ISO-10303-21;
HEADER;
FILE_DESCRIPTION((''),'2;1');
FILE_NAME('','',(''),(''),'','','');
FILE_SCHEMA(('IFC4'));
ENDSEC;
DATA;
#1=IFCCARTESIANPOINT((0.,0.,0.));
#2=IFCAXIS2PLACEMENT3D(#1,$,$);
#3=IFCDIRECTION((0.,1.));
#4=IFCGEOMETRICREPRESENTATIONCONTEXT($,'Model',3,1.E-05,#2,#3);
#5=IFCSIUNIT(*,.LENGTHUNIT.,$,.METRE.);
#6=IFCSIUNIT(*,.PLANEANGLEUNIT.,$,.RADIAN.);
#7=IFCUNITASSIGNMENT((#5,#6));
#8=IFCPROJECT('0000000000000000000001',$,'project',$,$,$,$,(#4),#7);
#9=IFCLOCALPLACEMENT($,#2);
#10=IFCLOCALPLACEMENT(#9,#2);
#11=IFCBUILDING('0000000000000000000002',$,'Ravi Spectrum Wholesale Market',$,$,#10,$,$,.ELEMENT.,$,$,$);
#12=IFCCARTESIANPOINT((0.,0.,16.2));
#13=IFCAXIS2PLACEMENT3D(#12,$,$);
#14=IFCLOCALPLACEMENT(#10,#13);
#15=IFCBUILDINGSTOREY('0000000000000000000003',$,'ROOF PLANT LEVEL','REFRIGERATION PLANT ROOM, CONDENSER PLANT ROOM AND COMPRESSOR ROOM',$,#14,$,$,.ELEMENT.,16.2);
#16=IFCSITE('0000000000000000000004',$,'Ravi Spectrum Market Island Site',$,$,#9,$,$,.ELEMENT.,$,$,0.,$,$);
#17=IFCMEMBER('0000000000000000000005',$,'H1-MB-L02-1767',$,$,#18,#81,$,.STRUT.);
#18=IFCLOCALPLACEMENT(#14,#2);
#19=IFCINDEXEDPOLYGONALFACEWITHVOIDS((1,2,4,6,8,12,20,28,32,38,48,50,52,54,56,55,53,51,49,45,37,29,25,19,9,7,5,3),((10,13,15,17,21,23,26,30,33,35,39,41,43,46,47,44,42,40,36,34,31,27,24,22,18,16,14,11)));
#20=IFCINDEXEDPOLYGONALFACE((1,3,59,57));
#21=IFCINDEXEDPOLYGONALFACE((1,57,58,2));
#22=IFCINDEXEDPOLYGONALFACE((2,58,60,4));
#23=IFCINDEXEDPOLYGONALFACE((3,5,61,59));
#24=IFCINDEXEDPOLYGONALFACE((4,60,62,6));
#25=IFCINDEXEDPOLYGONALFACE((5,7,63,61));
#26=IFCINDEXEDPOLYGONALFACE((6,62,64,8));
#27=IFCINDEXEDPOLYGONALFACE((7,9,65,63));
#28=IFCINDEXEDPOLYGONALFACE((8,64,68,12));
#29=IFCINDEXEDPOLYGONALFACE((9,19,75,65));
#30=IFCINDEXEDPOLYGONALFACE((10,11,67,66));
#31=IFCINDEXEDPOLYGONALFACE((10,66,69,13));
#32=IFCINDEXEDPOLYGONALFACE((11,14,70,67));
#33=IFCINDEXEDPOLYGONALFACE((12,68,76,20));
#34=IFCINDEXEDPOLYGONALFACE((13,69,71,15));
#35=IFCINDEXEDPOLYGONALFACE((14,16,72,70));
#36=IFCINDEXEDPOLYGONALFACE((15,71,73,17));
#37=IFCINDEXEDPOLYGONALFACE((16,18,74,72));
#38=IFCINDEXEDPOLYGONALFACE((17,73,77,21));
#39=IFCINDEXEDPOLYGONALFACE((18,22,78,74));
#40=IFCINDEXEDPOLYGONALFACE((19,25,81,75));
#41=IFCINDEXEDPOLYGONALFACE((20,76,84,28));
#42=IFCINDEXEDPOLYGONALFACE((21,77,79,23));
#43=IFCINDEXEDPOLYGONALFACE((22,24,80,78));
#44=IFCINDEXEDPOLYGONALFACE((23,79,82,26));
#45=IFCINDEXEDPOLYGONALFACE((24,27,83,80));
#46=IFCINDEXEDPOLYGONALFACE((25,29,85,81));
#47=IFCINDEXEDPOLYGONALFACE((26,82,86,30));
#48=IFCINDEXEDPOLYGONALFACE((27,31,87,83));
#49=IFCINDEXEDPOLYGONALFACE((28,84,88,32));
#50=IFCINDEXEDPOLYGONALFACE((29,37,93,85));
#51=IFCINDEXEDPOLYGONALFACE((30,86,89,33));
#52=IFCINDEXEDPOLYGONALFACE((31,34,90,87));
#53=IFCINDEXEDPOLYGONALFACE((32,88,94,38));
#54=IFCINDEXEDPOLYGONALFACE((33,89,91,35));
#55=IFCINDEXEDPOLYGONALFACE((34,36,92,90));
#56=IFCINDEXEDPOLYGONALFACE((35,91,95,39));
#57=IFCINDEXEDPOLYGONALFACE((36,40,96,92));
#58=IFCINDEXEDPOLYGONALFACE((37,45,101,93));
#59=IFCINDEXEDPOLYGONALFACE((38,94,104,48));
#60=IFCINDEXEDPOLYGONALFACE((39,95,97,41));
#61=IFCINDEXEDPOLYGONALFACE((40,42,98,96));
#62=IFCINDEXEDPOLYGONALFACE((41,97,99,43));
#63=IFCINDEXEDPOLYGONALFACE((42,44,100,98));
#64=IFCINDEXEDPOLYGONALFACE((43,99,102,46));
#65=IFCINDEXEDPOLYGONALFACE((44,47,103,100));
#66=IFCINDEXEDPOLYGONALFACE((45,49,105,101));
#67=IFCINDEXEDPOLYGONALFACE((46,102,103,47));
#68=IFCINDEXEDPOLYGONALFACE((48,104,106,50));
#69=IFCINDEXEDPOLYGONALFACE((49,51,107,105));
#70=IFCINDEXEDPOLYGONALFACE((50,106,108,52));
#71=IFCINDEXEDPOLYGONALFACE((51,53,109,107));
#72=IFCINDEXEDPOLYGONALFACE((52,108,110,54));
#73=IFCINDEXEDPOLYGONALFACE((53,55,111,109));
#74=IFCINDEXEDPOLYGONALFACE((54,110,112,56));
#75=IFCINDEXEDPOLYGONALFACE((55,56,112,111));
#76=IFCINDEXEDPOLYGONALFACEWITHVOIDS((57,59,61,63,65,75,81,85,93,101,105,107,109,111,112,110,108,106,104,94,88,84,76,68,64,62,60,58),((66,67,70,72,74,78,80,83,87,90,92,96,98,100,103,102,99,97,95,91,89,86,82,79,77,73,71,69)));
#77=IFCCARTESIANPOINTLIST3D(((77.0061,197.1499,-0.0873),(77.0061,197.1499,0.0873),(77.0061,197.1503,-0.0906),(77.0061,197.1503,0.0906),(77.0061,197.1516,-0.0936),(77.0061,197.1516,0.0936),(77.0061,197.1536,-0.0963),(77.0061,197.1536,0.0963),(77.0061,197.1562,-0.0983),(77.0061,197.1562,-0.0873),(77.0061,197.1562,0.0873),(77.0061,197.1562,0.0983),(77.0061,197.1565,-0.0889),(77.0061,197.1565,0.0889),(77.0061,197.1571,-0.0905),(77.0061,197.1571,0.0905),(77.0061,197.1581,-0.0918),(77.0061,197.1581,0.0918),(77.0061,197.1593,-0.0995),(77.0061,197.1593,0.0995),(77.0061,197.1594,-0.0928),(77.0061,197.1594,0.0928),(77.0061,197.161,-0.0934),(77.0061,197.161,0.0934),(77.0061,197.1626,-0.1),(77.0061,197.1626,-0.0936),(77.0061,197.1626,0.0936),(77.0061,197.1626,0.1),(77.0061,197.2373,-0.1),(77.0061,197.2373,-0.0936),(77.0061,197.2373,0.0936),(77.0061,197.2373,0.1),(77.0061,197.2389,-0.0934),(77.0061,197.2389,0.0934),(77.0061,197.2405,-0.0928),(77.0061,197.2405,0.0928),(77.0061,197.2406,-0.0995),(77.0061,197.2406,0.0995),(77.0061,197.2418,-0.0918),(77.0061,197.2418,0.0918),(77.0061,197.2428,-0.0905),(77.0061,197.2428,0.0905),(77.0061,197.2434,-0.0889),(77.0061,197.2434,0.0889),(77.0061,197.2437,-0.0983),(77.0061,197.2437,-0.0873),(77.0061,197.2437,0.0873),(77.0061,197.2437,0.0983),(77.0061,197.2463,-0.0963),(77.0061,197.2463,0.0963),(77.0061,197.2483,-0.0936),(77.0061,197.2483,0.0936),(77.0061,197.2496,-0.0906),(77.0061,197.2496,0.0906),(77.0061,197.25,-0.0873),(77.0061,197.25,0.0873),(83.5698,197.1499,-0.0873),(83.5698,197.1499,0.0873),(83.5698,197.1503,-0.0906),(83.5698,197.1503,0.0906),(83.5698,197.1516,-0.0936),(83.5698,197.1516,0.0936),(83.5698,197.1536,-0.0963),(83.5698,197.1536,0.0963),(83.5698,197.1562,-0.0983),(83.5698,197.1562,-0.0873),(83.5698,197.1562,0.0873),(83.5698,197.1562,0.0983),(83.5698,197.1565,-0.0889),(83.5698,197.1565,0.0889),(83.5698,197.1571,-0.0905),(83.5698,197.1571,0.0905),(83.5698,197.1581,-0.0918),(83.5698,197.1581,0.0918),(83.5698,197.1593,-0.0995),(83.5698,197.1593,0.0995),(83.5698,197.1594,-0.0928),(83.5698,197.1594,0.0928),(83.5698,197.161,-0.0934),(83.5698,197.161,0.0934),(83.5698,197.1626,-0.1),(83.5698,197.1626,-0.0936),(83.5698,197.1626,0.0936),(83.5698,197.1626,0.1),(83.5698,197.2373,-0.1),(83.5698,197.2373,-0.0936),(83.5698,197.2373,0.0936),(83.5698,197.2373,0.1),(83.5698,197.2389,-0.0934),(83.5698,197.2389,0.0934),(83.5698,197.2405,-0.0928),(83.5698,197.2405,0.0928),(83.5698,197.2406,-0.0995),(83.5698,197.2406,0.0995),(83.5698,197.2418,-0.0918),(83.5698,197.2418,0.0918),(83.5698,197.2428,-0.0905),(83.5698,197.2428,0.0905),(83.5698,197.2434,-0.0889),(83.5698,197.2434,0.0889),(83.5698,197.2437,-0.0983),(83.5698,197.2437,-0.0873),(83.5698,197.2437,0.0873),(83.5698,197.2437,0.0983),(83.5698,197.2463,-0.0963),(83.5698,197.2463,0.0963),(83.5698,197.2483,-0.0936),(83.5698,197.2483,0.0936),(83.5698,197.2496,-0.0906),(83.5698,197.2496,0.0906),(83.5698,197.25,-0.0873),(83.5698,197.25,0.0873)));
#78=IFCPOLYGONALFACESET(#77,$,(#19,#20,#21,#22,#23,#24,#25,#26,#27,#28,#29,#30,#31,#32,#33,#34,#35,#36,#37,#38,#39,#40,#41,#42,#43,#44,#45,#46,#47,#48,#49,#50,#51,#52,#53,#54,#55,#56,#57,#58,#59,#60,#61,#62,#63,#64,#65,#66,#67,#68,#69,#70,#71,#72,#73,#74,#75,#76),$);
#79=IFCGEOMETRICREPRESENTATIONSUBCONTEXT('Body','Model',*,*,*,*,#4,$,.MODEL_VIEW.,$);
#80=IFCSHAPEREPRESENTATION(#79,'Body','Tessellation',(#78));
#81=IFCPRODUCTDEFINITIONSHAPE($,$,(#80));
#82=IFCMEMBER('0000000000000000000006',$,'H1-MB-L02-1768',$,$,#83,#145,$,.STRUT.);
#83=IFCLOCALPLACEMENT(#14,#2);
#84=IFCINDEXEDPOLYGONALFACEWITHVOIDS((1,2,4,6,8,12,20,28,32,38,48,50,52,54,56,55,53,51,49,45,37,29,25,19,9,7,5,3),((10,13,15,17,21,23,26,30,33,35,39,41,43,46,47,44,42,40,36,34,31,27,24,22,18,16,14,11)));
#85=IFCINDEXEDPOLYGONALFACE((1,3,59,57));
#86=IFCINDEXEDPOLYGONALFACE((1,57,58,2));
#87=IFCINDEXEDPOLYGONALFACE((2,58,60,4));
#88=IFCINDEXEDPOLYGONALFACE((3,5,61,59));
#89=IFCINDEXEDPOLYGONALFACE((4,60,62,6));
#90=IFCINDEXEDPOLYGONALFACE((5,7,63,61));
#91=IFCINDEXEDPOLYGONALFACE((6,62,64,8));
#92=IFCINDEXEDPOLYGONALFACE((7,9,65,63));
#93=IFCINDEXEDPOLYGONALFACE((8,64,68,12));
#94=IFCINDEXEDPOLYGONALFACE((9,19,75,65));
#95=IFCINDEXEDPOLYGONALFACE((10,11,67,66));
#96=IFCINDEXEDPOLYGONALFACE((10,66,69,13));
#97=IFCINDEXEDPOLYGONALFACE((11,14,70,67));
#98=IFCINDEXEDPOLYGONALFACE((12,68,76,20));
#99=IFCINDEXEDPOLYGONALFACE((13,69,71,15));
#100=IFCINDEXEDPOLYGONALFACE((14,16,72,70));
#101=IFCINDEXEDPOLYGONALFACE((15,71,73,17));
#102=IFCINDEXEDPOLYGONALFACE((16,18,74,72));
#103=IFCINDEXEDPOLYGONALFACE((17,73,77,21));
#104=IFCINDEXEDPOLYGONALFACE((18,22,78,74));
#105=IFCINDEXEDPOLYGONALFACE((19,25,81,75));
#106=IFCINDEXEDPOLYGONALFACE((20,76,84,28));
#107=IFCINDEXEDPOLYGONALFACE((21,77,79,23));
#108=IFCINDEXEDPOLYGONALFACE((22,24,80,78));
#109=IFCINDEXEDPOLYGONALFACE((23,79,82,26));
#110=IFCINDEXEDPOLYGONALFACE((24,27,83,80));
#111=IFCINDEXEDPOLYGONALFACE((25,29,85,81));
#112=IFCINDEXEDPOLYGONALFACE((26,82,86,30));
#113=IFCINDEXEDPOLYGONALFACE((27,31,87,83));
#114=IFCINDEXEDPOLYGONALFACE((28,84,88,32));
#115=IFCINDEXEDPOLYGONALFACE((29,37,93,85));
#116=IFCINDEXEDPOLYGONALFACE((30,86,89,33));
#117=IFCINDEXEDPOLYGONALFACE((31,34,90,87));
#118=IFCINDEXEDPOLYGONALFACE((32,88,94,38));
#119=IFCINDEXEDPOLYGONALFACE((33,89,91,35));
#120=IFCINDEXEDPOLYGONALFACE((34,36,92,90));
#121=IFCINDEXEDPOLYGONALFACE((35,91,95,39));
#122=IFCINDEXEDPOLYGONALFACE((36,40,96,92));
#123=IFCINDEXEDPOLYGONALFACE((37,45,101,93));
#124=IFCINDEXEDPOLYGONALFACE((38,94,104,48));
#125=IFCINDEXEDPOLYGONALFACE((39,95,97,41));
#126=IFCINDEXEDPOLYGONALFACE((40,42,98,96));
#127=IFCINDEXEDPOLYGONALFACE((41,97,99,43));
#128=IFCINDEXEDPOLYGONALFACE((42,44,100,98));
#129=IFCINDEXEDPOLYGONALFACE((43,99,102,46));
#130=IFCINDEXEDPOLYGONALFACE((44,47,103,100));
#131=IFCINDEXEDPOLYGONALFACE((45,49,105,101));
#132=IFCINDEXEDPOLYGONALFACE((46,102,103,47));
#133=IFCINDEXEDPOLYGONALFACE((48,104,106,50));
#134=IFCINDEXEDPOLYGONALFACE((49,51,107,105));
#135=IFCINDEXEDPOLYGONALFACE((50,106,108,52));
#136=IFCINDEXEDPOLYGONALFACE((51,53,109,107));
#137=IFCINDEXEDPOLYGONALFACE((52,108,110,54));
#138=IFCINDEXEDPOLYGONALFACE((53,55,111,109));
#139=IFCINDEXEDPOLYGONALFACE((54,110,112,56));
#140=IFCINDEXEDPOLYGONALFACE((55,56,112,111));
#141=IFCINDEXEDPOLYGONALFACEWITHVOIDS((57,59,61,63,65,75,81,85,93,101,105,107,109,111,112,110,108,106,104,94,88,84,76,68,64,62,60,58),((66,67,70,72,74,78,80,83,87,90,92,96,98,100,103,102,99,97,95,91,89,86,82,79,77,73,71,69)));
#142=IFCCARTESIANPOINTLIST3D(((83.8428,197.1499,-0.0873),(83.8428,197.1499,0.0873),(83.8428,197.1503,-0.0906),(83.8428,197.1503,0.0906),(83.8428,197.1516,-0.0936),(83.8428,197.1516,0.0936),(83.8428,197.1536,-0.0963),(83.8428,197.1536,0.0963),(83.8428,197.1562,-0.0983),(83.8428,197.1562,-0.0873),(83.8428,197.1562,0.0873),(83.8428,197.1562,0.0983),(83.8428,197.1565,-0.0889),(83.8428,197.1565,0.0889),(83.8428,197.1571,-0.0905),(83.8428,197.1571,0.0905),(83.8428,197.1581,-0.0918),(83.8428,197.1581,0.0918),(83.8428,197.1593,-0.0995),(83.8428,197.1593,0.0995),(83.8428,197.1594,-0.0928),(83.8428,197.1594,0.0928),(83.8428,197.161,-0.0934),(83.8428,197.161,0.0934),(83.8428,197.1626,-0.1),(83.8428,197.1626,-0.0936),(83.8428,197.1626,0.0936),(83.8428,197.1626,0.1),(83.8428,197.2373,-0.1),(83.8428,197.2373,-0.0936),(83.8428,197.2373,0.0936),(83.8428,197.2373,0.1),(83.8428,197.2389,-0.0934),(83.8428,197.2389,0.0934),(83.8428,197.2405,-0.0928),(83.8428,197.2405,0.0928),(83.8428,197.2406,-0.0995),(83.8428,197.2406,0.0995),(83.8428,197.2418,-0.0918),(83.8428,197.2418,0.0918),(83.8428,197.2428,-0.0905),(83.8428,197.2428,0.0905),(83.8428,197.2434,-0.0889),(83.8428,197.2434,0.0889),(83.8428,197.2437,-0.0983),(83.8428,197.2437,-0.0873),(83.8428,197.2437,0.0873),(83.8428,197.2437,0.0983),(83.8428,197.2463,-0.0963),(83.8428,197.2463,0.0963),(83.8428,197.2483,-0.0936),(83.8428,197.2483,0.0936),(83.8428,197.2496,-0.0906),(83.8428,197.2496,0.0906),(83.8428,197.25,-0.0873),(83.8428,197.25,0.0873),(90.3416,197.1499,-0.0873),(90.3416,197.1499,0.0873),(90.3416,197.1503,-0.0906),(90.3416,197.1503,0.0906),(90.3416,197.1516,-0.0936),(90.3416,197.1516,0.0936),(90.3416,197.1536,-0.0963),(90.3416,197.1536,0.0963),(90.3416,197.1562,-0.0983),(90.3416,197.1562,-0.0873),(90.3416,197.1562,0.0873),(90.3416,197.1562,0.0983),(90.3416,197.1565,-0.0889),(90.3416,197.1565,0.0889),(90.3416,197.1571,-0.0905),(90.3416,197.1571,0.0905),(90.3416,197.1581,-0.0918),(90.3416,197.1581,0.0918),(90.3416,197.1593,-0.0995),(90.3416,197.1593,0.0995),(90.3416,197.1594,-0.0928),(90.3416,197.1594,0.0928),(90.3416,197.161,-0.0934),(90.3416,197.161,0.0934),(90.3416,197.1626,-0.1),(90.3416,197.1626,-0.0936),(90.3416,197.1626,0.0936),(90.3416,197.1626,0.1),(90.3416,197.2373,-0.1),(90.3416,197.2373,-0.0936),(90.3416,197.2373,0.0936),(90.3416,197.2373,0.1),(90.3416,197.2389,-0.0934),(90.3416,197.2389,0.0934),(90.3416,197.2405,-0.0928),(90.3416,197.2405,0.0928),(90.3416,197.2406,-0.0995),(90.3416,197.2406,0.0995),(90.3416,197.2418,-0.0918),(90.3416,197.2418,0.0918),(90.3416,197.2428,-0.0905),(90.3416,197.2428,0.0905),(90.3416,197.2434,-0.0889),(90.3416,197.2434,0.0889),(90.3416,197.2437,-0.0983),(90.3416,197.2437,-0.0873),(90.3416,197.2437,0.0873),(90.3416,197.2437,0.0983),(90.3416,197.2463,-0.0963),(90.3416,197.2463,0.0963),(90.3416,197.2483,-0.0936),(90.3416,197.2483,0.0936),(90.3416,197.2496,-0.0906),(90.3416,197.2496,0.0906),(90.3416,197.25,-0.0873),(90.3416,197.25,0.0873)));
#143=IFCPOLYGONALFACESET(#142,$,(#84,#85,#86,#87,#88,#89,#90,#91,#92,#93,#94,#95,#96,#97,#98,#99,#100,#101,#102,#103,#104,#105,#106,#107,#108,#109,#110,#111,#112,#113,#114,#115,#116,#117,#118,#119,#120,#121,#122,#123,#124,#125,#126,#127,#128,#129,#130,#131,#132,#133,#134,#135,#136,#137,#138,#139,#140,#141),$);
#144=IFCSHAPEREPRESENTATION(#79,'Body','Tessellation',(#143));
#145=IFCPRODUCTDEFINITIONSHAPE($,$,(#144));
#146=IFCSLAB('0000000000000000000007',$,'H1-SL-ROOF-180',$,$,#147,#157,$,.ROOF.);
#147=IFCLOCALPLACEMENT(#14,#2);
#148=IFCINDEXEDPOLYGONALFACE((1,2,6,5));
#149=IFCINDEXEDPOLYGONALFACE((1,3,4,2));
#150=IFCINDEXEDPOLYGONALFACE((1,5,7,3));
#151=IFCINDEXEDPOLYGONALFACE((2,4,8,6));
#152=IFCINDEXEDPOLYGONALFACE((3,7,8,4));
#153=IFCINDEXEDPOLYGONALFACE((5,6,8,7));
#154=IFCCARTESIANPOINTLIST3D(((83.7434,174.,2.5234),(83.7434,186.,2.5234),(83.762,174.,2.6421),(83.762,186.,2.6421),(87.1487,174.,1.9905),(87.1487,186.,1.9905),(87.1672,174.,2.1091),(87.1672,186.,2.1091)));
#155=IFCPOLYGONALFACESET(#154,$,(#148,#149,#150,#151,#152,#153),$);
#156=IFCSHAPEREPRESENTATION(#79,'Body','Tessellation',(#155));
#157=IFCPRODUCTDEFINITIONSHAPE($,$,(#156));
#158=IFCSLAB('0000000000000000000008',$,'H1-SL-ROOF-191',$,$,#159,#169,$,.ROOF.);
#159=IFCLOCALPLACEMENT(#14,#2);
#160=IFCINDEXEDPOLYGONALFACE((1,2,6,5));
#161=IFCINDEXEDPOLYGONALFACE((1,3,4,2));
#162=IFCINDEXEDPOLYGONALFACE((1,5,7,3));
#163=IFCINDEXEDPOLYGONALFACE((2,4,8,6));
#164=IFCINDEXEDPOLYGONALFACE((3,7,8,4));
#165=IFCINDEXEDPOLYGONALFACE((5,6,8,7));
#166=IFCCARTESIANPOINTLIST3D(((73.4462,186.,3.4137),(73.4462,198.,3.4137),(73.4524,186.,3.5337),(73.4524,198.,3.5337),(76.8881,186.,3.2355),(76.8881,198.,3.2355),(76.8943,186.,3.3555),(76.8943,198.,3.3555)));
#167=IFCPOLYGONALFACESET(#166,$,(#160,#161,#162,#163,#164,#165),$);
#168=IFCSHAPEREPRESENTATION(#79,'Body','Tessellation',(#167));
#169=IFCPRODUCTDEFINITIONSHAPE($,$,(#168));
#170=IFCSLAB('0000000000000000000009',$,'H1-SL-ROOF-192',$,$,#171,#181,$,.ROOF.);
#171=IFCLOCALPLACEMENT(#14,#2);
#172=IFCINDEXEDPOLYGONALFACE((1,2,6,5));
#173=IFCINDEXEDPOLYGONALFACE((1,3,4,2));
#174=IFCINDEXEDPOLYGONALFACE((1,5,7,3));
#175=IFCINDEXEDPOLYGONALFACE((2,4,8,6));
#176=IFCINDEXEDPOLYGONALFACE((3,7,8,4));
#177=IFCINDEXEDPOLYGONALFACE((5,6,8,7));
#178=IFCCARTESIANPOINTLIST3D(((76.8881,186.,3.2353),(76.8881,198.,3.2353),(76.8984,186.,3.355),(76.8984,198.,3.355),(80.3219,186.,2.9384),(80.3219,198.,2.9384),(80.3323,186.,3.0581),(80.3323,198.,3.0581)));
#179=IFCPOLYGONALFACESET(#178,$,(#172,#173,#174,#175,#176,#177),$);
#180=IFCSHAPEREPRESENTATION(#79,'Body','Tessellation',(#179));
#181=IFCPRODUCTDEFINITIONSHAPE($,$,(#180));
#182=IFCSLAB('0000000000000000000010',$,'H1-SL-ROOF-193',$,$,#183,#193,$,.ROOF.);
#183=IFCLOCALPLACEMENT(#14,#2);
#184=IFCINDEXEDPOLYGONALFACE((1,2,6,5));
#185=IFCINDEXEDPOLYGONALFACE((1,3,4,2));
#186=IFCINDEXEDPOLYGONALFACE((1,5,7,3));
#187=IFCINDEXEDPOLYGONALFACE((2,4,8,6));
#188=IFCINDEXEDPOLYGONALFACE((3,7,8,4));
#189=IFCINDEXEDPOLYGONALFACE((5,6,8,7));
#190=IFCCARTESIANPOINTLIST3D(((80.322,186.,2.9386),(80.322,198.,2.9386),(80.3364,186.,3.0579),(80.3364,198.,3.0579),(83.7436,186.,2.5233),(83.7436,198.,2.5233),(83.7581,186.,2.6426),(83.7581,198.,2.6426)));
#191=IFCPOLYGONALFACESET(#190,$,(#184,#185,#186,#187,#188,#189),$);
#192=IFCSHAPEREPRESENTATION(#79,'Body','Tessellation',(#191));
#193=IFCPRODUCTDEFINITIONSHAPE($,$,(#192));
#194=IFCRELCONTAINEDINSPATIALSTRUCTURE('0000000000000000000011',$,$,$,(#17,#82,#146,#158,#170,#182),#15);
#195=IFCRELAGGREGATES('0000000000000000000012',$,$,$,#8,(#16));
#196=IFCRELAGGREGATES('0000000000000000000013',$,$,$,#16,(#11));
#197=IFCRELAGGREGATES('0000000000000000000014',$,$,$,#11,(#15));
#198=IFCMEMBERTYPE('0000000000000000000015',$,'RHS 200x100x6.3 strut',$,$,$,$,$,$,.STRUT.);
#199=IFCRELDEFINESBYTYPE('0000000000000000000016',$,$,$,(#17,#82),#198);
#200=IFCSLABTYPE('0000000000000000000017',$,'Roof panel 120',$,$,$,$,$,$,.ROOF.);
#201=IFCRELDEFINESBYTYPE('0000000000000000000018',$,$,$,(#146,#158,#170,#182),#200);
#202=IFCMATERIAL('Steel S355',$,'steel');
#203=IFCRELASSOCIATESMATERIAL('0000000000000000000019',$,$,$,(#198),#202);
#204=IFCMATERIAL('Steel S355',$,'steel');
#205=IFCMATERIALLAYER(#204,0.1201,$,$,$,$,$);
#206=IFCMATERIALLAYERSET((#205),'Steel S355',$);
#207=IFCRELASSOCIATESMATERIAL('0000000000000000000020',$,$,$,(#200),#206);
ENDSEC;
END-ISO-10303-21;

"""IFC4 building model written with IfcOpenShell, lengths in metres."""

from ifc_helpers import new_model, si_unit, direction, frame, origin, origin_2d, place, context, subcontext, project, spatial, polyline, hollow_rectangle, outline, extrude, material, layer, layer_set, material_profile, profile_set, type_object, element, save


model = new_model("IFC4")

# Units and contexts
model_context = context("Model", 3, precision=1e-05, world=origin(), true_north=direction((0.0, 1.0)))
body_context = subcontext(model_context, "Body", "Model", "MODEL_VIEW")
ifc_project = project(units=[si_unit("LENGTHUNIT", "METRE"), si_unit("PLANEANGLEUNIT", "RADIAN")], contexts=[model_context])

# Site, building, storey
site_placement = place(None, origin())
site = spatial("IfcSite", under=ifc_project, at=site_placement, Name="Ravi Spectrum Market Island Site", CompositionType="ELEMENT", RefElevation=0.0)
building_placement = place(site_placement, origin())
building = spatial("IfcBuilding", under=site, at=building_placement, Name="Ravi Spectrum Wholesale Market", CompositionType="ELEMENT")
storey_placement = place(building_placement, frame((0.0, 0.0, 16.2)))
storey = spatial("IfcBuildingStorey", under=building, at=storey_placement, Name="ROOF PLANT LEVEL", Description="REFRIGERATION PLANT ROOM, CONDENSER PLANT ROOM AND COMPRESSOR ROOM", CompositionType="ELEMENT", Elevation=16.2)

# Members
ifc_material_1 = material(Name="Steel S355", Category="steel")
ifc_material_profile_1 = material_profile(ifc_material_1, hollow_rectangle(XDim=0.1001, YDim=0.2, WallThickness=0.0063, InnerFilletRadius=0.0063, OuterFilletRadius=0.0127, at=origin_2d()))
ifc_profile_set_1 = profile_set([ifc_material_profile_1], Name="Steel S355")
member_type_1 = type_object("IfcMemberType", Name="RHS 200x100x6.3 strut", PredefinedType="STRUT", material=ifc_profile_set_1)
member_1_placement = place(storey_placement, frame((77.0061, 197.2, 0.0), z_axis=(1.0, 0.0, 0.0), x_axis=(0.0, 1.0, 0.0)))
element("IfcMember", 1, at=member_1_placement, inside=storey, type_object=member_type_1, Name="H1-MB-L02-1767", PredefinedType="STRUT", context=body_context, shape_type="SweptSolid", body=[
    extrude(hollow_rectangle(XDim=0.1001, YDim=0.2, WallThickness=0.0063, InnerFilletRadius=0.0063, OuterFilletRadius=0.0127, at=origin_2d()), origin(), (0.0, 0.0, 1.0), 6.5637),
])
member_2_placement = place(storey_placement, frame((83.8428, 197.2, 0.0), z_axis=(1.0, 0.0, 0.0), x_axis=(0.0, 1.0, 0.0)))
element("IfcMember", 2, at=member_2_placement, inside=storey, type_object=member_type_1, Name="H1-MB-L02-1768", PredefinedType="STRUT", context=body_context, shape_type="SweptSolid", body=[
    extrude(hollow_rectangle(XDim=0.1001, YDim=0.2, WallThickness=0.0063, InnerFilletRadius=0.0063, OuterFilletRadius=0.0127, at=origin_2d()), origin(), (0.0, 0.0, 1.0), 6.4988),
])

# Slabs
ifc_material_2 = material(Name="Steel S355", Category="steel")
ifc_layer_1 = layer(ifc_material_2, 0.1201)
ifc_layer_set_1 = layer_set([ifc_layer_1], Name="Steel S355")
slab_type = type_object("IfcSlabType", Name="Roof panel 120", PredefinedType="ROOF", material=ifc_layer_set_1)
slab_1_placement = place(storey_placement, frame((83.762, 174.0, 2.6421), z_axis=(0.154628, 0.0, 0.987973), x_axis=(0.987973, 0.0, -0.154628)))
element("IfcSlab", 3, at=slab_1_placement, inside=storey, type_object=slab_type, Name="H1-SL-ROOF-180", PredefinedType="ROOF", context=body_context, shape_type="SweptSolid", body=[
    extrude(outline(polyline([(0.0, 0.0), (3.4467, 0.0), (3.4467, 12.0), (0.0, 12.0), (0.0, 0.0)])), origin(), (0.0, 0.0, -1.0), 0.1201),
])
slab_2_placement = place(storey_placement, frame((73.4524, 186.0, 3.5337), z_axis=(0.051711, 0.0, 0.998662), x_axis=(0.998662, 0.0, -0.051711)))
element("IfcSlab", 4, at=slab_2_placement, inside=storey, type_object=slab_type, Name="H1-SL-ROOF-191", PredefinedType="ROOF", context=body_context, shape_type="SweptSolid", body=[
    extrude(outline(polyline([(0.0, 0.0), (3.4465, 0.0), (3.4465, 12.0), (0.0, 12.0), (0.0, 0.0)])), origin(), (0.0, 0.0, -1.0), 0.1201),
])
slab_3_placement = place(storey_placement, frame((76.8984, 186.0, 3.355), z_axis=(0.086134, 0.0, 0.996284), x_axis=(0.996284, 0.0, -0.086134)))
element("IfcSlab", 5, at=slab_3_placement, inside=storey, type_object=slab_type, Name="H1-SL-ROOF-192", PredefinedType="ROOF", context=body_context, shape_type="SweptSolid", body=[
    extrude(outline(polyline([(0.0, 0.0), (3.4466, 0.0), (3.4466, 12.0), (0.0, 12.0), (0.0, 0.0)])), origin(), (0.0, 0.0, -1.0), 0.1201),
])
slab_4_placement = place(storey_placement, frame((80.3364, 186.0, 3.0579), z_axis=(0.120486, 0.0, 0.992715), x_axis=(0.992715, 0.0, -0.120486)))
element("IfcSlab", 6, at=slab_4_placement, inside=storey, type_object=slab_type, Name="H1-SL-ROOF-193", PredefinedType="ROOF", context=body_context, shape_type="SweptSolid", body=[
    extrude(outline(polyline([(0.0, 0.0), (3.4467, 0.0), (3.4467, 12.0), (0.0, 12.0), (0.0, 0.0)])), origin(), (0.0, 0.0, -1.0), 0.1201),
])

save(model, "model.ifc")
